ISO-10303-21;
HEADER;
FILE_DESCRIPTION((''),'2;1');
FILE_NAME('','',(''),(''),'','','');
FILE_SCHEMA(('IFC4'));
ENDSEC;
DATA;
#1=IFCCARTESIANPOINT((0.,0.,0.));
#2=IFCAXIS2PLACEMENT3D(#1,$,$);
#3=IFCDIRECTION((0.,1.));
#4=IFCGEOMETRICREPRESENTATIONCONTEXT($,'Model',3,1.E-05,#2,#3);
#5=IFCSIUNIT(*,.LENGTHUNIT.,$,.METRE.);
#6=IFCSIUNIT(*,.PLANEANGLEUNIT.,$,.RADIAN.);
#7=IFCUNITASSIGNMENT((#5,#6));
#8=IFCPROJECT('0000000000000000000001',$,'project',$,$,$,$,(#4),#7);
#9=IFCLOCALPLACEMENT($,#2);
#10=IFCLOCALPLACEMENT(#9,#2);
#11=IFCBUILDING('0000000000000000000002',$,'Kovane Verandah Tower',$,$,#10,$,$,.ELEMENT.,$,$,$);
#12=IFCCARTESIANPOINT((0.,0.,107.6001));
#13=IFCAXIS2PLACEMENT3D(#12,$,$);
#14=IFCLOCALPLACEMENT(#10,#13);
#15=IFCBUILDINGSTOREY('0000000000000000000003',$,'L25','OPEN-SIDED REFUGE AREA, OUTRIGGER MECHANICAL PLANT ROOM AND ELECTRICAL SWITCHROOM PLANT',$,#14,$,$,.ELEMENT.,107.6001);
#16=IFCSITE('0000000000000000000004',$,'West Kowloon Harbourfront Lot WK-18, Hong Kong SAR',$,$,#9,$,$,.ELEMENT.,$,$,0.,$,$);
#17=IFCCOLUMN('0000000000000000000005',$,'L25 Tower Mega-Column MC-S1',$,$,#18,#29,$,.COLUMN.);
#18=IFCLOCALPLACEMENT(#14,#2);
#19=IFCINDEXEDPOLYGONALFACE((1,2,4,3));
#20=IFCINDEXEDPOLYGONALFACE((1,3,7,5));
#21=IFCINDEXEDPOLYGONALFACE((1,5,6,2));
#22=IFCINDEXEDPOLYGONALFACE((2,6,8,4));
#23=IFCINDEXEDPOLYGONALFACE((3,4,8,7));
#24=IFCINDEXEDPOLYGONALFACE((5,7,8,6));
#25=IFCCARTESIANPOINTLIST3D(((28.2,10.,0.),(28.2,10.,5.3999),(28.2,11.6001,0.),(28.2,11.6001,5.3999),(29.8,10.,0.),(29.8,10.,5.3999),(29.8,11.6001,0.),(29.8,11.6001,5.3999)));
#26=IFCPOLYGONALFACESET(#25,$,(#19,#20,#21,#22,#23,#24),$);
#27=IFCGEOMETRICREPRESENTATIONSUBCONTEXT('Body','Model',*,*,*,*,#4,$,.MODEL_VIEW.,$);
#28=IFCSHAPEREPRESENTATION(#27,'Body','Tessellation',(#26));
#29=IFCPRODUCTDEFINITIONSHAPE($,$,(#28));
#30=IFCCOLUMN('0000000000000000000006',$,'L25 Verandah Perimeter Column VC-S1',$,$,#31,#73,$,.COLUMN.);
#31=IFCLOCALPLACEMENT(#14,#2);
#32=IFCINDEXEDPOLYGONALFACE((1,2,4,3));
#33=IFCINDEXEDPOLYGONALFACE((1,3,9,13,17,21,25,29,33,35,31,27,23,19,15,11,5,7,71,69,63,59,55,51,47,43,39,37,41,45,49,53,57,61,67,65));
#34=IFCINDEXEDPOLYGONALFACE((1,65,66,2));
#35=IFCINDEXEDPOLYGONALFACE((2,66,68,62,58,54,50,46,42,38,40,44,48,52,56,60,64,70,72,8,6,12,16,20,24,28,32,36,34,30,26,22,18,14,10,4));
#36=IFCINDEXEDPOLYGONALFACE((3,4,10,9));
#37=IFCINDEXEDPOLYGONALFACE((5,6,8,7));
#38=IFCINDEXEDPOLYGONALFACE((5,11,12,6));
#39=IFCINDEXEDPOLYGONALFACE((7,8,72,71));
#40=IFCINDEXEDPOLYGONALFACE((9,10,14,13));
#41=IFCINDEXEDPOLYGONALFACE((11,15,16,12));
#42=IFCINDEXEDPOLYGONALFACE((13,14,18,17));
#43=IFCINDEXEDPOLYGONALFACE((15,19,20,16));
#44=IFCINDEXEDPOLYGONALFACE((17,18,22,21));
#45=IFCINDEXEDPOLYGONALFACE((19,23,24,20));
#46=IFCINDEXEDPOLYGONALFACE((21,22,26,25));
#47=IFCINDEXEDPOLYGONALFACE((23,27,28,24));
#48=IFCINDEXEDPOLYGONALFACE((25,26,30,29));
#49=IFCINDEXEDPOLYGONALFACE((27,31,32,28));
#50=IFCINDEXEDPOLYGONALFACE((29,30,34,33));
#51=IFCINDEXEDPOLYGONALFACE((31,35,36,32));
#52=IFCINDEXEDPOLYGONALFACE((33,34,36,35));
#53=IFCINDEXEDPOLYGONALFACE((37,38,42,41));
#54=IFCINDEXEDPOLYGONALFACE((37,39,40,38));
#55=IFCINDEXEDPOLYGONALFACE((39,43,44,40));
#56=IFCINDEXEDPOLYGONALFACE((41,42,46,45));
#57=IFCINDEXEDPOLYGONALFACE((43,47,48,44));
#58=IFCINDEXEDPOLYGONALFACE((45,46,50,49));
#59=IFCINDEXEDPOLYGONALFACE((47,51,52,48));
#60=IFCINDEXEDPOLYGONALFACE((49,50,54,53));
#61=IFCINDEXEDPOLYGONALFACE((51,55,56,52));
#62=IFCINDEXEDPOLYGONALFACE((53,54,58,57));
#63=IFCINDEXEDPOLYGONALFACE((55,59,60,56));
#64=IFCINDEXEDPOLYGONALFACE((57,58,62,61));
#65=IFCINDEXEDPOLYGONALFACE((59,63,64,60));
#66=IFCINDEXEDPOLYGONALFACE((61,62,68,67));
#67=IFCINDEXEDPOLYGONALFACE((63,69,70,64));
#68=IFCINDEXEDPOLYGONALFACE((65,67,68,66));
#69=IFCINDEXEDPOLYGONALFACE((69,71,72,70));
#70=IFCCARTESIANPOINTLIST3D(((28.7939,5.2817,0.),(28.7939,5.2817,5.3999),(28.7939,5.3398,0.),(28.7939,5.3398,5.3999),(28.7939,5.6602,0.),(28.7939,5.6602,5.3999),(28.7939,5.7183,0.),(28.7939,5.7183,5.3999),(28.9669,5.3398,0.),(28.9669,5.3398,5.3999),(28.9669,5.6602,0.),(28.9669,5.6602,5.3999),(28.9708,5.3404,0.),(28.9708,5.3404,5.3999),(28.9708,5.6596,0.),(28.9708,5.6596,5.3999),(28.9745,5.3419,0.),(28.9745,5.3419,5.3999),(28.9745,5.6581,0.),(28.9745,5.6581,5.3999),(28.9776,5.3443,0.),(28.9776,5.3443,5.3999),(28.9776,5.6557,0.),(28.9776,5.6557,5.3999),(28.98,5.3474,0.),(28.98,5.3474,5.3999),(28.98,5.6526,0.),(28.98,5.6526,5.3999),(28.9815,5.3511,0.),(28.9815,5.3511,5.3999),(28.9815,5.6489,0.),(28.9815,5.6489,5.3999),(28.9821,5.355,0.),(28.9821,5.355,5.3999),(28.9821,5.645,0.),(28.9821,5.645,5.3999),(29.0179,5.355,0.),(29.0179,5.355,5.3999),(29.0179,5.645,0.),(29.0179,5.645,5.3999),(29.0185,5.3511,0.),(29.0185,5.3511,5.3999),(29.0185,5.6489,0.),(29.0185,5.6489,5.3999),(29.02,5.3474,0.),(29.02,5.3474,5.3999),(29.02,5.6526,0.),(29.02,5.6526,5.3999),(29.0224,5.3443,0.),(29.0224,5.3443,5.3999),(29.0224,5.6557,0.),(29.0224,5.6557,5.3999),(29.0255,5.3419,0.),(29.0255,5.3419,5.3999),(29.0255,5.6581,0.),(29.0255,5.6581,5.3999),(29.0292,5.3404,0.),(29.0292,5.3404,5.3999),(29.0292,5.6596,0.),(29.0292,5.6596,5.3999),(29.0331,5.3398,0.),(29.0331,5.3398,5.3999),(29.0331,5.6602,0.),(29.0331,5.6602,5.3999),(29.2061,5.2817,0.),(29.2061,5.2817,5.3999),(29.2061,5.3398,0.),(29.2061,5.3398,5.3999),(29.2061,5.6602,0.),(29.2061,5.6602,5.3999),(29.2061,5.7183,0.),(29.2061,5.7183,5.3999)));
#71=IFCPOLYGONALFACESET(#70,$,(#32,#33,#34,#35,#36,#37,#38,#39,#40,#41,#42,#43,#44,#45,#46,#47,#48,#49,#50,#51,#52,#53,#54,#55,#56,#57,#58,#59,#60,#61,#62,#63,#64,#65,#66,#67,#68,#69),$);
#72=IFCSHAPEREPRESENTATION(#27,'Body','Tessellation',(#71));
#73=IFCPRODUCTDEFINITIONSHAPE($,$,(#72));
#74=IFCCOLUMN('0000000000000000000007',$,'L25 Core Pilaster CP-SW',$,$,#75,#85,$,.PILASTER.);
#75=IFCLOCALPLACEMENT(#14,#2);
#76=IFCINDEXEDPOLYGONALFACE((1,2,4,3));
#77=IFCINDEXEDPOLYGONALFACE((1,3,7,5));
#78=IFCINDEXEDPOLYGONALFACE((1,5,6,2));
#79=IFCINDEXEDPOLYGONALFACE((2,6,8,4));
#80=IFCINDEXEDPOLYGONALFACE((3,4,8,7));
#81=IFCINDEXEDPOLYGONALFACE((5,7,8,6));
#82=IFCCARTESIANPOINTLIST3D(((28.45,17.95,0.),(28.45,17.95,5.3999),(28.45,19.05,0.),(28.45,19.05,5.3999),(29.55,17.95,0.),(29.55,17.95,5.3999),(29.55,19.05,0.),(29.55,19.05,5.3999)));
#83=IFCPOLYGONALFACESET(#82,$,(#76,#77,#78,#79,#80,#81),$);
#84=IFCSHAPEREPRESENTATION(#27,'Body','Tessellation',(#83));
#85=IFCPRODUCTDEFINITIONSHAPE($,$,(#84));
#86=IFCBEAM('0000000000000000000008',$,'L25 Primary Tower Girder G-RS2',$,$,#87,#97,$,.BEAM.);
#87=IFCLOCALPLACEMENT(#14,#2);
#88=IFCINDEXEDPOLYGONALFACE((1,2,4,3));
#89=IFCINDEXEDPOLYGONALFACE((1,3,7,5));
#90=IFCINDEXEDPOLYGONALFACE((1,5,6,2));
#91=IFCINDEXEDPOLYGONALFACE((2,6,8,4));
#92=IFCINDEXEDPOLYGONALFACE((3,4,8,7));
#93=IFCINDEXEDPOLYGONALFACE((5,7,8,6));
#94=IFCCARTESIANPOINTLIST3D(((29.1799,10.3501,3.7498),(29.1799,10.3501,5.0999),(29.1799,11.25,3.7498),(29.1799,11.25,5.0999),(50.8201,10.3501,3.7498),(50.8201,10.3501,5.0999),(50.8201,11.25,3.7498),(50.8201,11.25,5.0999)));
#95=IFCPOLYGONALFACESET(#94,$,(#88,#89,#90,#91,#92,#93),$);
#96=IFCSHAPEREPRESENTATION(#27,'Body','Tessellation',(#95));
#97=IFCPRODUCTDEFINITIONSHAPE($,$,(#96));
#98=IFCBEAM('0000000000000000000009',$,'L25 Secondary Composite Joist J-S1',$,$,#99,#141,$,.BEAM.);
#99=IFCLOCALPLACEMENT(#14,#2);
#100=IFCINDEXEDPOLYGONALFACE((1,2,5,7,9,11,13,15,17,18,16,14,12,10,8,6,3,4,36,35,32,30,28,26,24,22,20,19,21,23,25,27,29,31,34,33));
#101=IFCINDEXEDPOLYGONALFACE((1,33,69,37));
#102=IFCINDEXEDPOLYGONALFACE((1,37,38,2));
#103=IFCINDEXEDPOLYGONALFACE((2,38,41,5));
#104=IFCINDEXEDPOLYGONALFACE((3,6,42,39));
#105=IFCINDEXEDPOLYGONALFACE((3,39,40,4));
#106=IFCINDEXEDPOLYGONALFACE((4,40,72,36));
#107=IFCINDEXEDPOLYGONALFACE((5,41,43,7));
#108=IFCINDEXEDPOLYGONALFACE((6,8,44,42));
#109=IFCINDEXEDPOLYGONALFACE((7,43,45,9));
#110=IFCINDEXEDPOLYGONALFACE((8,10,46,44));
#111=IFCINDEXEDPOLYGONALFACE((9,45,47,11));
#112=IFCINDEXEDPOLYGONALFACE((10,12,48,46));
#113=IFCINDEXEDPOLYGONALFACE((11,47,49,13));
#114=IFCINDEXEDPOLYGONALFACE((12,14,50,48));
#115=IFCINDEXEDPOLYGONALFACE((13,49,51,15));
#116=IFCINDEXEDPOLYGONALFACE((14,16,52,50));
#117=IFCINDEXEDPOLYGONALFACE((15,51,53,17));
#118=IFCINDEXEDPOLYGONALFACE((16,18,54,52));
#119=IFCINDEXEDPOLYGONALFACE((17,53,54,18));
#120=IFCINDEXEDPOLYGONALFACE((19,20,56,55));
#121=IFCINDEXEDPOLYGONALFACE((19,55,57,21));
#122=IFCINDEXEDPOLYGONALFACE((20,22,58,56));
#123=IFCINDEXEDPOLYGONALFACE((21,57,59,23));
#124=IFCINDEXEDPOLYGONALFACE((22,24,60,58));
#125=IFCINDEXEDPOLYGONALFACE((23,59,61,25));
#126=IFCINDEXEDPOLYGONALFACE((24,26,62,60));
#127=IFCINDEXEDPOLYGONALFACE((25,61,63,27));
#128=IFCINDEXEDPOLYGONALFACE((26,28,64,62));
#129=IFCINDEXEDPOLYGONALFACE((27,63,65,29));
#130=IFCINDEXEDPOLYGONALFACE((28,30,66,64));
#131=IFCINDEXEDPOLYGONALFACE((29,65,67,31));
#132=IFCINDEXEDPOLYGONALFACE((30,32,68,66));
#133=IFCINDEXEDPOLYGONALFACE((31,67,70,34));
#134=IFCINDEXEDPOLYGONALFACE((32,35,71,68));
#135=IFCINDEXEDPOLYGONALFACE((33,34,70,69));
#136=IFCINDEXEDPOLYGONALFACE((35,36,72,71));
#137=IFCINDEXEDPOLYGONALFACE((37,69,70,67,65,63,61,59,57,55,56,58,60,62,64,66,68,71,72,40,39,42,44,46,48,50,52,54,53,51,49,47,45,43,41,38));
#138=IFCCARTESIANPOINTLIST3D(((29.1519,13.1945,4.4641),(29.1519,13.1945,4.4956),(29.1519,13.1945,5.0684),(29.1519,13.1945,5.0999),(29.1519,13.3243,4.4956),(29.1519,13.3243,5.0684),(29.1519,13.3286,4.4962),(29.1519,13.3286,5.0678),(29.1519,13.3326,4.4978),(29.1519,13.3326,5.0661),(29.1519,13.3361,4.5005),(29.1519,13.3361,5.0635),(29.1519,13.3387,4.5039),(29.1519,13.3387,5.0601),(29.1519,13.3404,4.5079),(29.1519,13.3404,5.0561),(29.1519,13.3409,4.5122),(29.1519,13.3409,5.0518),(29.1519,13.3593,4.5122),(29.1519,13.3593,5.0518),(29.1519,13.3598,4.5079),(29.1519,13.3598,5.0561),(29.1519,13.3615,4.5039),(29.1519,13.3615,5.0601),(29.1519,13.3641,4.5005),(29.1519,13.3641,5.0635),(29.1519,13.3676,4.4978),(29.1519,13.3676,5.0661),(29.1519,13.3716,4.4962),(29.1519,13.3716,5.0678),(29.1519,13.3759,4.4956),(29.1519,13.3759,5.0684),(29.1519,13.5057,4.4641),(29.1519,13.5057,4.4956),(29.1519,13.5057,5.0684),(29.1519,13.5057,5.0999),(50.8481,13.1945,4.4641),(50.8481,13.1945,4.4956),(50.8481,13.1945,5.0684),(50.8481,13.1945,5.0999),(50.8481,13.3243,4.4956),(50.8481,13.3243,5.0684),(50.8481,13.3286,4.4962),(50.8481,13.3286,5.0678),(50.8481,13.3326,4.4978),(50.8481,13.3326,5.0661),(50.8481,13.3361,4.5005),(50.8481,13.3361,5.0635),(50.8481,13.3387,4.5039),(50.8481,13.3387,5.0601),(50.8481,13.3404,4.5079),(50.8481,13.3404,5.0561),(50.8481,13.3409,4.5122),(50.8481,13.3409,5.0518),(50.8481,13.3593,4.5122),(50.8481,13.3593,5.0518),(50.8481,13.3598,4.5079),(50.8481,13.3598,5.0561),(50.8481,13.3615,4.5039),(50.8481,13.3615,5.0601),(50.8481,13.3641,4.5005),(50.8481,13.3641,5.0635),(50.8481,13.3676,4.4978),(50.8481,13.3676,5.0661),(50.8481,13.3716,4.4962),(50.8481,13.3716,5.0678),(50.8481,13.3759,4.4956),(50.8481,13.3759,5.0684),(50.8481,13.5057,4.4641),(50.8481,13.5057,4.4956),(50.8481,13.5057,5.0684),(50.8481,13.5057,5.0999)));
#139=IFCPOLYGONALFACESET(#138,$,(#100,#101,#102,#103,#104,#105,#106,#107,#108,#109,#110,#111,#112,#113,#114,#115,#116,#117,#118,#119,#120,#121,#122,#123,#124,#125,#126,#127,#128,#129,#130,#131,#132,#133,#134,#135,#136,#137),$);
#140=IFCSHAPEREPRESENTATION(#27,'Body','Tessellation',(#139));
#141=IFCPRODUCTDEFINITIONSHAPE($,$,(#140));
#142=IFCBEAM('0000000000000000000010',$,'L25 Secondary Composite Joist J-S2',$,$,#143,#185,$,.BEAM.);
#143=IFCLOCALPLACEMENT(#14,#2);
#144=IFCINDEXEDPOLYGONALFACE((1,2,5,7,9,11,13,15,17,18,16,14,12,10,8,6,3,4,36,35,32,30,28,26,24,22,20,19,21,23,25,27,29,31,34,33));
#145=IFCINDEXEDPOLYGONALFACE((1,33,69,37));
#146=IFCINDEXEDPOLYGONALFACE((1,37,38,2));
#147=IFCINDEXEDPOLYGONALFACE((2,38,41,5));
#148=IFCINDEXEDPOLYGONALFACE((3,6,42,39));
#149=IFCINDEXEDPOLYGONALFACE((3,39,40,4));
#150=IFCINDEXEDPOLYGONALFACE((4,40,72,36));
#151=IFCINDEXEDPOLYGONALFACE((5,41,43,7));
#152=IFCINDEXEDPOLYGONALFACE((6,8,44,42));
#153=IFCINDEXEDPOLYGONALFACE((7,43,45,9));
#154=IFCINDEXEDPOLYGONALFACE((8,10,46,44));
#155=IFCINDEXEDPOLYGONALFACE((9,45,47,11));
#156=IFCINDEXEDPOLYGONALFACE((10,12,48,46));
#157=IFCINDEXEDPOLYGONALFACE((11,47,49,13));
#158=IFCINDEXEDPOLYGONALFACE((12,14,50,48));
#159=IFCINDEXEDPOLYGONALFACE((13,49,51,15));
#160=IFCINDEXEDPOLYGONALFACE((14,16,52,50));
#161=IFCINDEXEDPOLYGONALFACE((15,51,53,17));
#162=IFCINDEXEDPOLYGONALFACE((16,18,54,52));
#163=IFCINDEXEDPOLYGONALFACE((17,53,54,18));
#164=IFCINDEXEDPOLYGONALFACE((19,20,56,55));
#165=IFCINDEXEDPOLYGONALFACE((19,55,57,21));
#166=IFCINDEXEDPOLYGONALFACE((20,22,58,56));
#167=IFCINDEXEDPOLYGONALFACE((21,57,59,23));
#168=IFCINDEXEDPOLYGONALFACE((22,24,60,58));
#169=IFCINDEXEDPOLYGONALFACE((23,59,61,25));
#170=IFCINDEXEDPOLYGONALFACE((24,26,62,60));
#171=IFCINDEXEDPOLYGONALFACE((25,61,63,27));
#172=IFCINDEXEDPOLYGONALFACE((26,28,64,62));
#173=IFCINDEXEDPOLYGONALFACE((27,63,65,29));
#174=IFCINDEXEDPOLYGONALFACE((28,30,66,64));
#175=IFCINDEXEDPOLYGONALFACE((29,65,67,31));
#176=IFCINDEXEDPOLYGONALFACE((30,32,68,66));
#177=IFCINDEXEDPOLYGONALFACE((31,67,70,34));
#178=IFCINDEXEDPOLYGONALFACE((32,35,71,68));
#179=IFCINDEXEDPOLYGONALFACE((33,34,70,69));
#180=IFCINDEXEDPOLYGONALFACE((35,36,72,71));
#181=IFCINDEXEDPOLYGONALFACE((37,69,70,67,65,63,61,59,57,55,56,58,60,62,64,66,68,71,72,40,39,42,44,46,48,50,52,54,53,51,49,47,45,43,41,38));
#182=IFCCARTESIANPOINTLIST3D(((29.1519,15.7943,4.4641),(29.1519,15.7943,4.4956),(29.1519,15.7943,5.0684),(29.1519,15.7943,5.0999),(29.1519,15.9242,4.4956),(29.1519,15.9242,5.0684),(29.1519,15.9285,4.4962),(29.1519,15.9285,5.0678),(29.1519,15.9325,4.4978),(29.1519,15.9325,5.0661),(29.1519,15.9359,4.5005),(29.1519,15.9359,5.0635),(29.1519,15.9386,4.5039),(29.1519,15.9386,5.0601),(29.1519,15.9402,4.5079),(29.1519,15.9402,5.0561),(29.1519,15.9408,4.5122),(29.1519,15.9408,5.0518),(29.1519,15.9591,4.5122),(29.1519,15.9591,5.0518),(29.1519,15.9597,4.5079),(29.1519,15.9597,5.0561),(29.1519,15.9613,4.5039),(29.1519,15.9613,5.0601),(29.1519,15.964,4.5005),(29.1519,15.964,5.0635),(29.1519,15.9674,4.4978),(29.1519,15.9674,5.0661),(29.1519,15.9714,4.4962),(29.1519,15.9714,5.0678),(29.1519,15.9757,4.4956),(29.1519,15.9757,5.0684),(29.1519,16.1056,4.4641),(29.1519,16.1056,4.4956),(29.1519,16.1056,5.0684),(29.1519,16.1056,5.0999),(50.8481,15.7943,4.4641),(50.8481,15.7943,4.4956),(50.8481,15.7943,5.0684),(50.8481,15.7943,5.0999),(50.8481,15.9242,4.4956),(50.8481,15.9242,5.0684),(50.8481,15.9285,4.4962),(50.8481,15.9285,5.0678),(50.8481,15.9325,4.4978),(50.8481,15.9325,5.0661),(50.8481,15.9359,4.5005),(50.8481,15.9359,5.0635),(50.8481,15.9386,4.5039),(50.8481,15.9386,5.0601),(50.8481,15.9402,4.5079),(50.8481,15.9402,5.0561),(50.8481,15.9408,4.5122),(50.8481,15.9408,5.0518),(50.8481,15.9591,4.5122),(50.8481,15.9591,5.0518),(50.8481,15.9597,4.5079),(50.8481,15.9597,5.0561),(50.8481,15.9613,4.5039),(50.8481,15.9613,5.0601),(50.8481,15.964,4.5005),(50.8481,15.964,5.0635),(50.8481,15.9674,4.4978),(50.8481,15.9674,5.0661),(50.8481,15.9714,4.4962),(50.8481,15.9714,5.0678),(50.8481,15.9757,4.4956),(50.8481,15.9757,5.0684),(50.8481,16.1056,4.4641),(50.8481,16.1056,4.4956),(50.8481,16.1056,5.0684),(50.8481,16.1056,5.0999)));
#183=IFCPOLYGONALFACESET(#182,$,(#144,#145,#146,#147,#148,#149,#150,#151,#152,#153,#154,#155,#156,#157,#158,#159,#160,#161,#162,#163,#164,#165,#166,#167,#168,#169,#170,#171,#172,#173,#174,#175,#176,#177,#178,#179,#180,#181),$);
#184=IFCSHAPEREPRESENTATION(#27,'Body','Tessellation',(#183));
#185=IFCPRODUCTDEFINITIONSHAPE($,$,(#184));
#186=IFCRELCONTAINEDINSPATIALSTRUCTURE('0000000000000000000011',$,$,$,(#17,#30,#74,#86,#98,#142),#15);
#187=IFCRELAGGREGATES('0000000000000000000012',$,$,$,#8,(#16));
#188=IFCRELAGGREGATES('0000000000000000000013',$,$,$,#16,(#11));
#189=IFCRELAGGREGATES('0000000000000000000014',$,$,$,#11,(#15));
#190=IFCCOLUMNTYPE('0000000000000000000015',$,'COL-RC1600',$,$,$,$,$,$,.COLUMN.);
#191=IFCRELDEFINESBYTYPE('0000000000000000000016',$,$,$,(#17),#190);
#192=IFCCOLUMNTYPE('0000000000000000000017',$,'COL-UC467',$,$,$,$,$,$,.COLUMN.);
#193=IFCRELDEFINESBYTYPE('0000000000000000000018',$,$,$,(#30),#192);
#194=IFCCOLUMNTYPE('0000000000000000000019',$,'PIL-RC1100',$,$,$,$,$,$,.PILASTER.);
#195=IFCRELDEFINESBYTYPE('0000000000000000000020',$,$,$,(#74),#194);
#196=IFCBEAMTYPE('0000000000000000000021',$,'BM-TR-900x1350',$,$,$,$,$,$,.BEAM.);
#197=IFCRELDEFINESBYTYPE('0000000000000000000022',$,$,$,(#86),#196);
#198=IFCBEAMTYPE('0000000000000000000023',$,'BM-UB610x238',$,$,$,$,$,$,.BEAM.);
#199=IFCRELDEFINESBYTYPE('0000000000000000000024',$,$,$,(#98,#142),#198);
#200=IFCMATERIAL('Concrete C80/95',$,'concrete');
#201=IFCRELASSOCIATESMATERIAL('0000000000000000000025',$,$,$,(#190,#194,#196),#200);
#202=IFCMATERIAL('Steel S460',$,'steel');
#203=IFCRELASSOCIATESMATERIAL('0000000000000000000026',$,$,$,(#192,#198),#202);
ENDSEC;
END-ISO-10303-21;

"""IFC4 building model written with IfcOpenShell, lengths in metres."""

from ifc_helpers import new_model, si_unit, direction, frame, origin, origin_2d, place, context, subcontext, project, spatial, rectangle, i_section, extrude, material, material_profile, profile_set, type_object, element, save


model = new_model("IFC4")

# Units and contexts
model_context = context("Model", 3, precision=1e-05, world=origin(), true_north=direction((0.0, 1.0)))
body_context = subcontext(model_context, "Body", "Model", "MODEL_VIEW")
ifc_project = project(units=[si_unit("LENGTHUNIT", "METRE"), si_unit("PLANEANGLEUNIT", "RADIAN")], contexts=[model_context])

# Site, building, storey
site_placement = place(None, origin())
site = spatial("IfcSite", under=ifc_project, at=site_placement, Name="West Kowloon Harbourfront Lot WK-18, Hong Kong SAR", CompositionType="ELEMENT", RefElevation=0.0)
building_placement = place(site_placement, origin())
building = spatial("IfcBuilding", under=site, at=building_placement, Name="Kovane Verandah Tower", CompositionType="ELEMENT")
storey_placement = place(building_placement, frame((0.0, 0.0, 107.6001)))
storey = spatial("IfcBuildingStorey", under=building, at=storey_placement, Name="L25", Description="OPEN-SIDED REFUGE AREA, OUTRIGGER MECHANICAL PLANT ROOM AND ELECTRICAL SWITCHROOM PLANT", CompositionType="ELEMENT", Elevation=107.6001)

# Columns
ifc_material_1 = material(Name="Concrete C80/95", Category="concrete")
ifc_material_profile_1 = material_profile(ifc_material_1, rectangle(XDim=1.6001, YDim=1.6001, at=origin_2d()), Name="RC1600x1600")
ifc_profile_set_1 = profile_set([ifc_material_profile_1], Name="Concrete C80/95")
column_type_1 = type_object("IfcColumnType", Name="COL-RC1600", PredefinedType="COLUMN", material=ifc_profile_set_1)
column_1_placement = place(storey_placement, frame((29.0, 10.8, 0.0), z_axis=(0.0, 0.0, 1.0), x_axis=(1.0, 0.0, 0.0)))
element("IfcColumn", 1, at=column_1_placement, inside=storey, type_object=column_type_1, Name="L25 Tower Mega-Column MC-S1", PredefinedType="COLUMN", context=body_context, shape_type="SweptSolid", body=[
    extrude(rectangle(XDim=1.6001, YDim=1.6001, at=origin_2d()), origin(), (0.0, 0.0, 1.0), 5.3999),
])
ifc_material_2 = material(Name="Steel S460", Category="steel")
ifc_material_profile_2 = material_profile(ifc_material_2, i_section(OverallWidth=0.4121, OverallDepth=0.4365, WebThickness=0.0359, FlangeThickness=0.0581, FilletRadius=0.0151, at=origin_2d()), Name="UC356x406x467")
ifc_profile_set_2 = profile_set([ifc_material_profile_2], Name="Steel S460")
column_type_2 = type_object("IfcColumnType", Name="COL-UC467", PredefinedType="COLUMN", material=ifc_profile_set_2)
column_2_placement = place(storey_placement, frame((29.0, 5.5, 0.0), z_axis=(0.0, 0.0, 1.0), x_axis=(1.0, 0.0, 0.0)))
element("IfcColumn", 2, at=column_2_placement, inside=storey, type_object=column_type_2, Name="L25 Verandah Perimeter Column VC-S1", PredefinedType="COLUMN", context=body_context, shape_type="SweptSolid", body=[
    extrude(i_section(OverallWidth=0.4121, OverallDepth=0.4365, WebThickness=0.0359, FlangeThickness=0.0581, FilletRadius=0.0151, at=origin_2d()), origin(), (0.0, 0.0, 1.0), 5.3999),
])
ifc_material_profile_3 = material_profile(ifc_material_1, rectangle(XDim=1.1001, YDim=1.1001, at=origin_2d()), Name="RC1100x1100")
ifc_profile_set_3 = profile_set([ifc_material_profile_3], Name="Concrete C80/95")
column_type_3 = type_object("IfcColumnType", Name="PIL-RC1100", PredefinedType="PILASTER", material=ifc_profile_set_3)
column_3_placement = place(storey_placement, frame((29.0, 18.5, 0.0), z_axis=(0.0, 0.0, 1.0), x_axis=(1.0, 0.0, 0.0)))
element("IfcColumn", 3, at=column_3_placement, inside=storey, type_object=column_type_3, Name="L25 Core Pilaster CP-SW", PredefinedType="PILASTER", context=body_context, shape_type="SweptSolid", body=[
    extrude(rectangle(XDim=1.1001, YDim=1.1001, at=origin_2d()), origin(), (0.0, 0.0, 1.0), 5.3999),
])

# Beams
ifc_material_profile_4 = material_profile(ifc_material_1, rectangle(XDim=0.8999, YDim=1.3501, at=origin_2d()), Name="RCB900x1350")
ifc_profile_set_4 = profile_set([ifc_material_profile_4], Name="Concrete C80/95")
beam_type_1 = type_object("IfcBeamType", Name="BM-TR-900x1350", PredefinedType="BEAM", material=ifc_profile_set_4)
beam_1_placement = place(storey_placement, frame((29.1799, 10.8, 4.4248), z_axis=(1.0, 0.0, 0.0), x_axis=(0.0, 1.0, 0.0)))
element("IfcBeam", 4, at=beam_1_placement, inside=storey, type_object=beam_type_1, Name="L25 Primary Tower Girder G-RS2", PredefinedType="BEAM", context=body_context, shape_type="SweptSolid", body=[
    extrude(rectangle(XDim=0.8999, YDim=1.3501, at=origin_2d()), origin(), (0.0, 0.0, 1.0), 21.6401),
])
ifc_material_profile_5 = material_profile(ifc_material_2, i_section(OverallWidth=0.3113, OverallDepth=0.6357, WebThickness=0.0183, FlangeThickness=0.0315, FilletRadius=0.0166, at=origin_2d()), Name="UB610x305x238")
ifc_profile_set_5 = profile_set([ifc_material_profile_5], Name="Steel S460")
beam_type_2 = type_object("IfcBeamType", Name="BM-UB610x238", PredefinedType="BEAM", material=ifc_profile_set_5)
for number, where, z_axis, x_axis, name in (
    (5, (29.1519, 13.3501, 4.782), (1.0, 0.0, 0.0), (0.0, 1.0, 0.0), "L25 Secondary Composite Joist J-S1"),
    (6, (29.1519, 15.95, 4.782), (1.0, 0.0, 0.0), (0.0, 1.0, 0.0), "L25 Secondary Composite Joist J-S2"),
):
    element("IfcBeam", number, at=place(storey_placement, frame(where, z_axis=z_axis, x_axis=x_axis)), inside=storey, type_object=beam_type_2, Name=name, PredefinedType="BEAM", context=body_context, shape_type="SweptSolid", body=[
        extrude(i_section(OverallWidth=0.3113, OverallDepth=0.6357, WebThickness=0.0183, FlangeThickness=0.0315, FilletRadius=0.0166, at=origin_2d()), origin(), (0.0, 0.0, 1.0), 21.6963),
    ])

save(model, "model.ifc")
